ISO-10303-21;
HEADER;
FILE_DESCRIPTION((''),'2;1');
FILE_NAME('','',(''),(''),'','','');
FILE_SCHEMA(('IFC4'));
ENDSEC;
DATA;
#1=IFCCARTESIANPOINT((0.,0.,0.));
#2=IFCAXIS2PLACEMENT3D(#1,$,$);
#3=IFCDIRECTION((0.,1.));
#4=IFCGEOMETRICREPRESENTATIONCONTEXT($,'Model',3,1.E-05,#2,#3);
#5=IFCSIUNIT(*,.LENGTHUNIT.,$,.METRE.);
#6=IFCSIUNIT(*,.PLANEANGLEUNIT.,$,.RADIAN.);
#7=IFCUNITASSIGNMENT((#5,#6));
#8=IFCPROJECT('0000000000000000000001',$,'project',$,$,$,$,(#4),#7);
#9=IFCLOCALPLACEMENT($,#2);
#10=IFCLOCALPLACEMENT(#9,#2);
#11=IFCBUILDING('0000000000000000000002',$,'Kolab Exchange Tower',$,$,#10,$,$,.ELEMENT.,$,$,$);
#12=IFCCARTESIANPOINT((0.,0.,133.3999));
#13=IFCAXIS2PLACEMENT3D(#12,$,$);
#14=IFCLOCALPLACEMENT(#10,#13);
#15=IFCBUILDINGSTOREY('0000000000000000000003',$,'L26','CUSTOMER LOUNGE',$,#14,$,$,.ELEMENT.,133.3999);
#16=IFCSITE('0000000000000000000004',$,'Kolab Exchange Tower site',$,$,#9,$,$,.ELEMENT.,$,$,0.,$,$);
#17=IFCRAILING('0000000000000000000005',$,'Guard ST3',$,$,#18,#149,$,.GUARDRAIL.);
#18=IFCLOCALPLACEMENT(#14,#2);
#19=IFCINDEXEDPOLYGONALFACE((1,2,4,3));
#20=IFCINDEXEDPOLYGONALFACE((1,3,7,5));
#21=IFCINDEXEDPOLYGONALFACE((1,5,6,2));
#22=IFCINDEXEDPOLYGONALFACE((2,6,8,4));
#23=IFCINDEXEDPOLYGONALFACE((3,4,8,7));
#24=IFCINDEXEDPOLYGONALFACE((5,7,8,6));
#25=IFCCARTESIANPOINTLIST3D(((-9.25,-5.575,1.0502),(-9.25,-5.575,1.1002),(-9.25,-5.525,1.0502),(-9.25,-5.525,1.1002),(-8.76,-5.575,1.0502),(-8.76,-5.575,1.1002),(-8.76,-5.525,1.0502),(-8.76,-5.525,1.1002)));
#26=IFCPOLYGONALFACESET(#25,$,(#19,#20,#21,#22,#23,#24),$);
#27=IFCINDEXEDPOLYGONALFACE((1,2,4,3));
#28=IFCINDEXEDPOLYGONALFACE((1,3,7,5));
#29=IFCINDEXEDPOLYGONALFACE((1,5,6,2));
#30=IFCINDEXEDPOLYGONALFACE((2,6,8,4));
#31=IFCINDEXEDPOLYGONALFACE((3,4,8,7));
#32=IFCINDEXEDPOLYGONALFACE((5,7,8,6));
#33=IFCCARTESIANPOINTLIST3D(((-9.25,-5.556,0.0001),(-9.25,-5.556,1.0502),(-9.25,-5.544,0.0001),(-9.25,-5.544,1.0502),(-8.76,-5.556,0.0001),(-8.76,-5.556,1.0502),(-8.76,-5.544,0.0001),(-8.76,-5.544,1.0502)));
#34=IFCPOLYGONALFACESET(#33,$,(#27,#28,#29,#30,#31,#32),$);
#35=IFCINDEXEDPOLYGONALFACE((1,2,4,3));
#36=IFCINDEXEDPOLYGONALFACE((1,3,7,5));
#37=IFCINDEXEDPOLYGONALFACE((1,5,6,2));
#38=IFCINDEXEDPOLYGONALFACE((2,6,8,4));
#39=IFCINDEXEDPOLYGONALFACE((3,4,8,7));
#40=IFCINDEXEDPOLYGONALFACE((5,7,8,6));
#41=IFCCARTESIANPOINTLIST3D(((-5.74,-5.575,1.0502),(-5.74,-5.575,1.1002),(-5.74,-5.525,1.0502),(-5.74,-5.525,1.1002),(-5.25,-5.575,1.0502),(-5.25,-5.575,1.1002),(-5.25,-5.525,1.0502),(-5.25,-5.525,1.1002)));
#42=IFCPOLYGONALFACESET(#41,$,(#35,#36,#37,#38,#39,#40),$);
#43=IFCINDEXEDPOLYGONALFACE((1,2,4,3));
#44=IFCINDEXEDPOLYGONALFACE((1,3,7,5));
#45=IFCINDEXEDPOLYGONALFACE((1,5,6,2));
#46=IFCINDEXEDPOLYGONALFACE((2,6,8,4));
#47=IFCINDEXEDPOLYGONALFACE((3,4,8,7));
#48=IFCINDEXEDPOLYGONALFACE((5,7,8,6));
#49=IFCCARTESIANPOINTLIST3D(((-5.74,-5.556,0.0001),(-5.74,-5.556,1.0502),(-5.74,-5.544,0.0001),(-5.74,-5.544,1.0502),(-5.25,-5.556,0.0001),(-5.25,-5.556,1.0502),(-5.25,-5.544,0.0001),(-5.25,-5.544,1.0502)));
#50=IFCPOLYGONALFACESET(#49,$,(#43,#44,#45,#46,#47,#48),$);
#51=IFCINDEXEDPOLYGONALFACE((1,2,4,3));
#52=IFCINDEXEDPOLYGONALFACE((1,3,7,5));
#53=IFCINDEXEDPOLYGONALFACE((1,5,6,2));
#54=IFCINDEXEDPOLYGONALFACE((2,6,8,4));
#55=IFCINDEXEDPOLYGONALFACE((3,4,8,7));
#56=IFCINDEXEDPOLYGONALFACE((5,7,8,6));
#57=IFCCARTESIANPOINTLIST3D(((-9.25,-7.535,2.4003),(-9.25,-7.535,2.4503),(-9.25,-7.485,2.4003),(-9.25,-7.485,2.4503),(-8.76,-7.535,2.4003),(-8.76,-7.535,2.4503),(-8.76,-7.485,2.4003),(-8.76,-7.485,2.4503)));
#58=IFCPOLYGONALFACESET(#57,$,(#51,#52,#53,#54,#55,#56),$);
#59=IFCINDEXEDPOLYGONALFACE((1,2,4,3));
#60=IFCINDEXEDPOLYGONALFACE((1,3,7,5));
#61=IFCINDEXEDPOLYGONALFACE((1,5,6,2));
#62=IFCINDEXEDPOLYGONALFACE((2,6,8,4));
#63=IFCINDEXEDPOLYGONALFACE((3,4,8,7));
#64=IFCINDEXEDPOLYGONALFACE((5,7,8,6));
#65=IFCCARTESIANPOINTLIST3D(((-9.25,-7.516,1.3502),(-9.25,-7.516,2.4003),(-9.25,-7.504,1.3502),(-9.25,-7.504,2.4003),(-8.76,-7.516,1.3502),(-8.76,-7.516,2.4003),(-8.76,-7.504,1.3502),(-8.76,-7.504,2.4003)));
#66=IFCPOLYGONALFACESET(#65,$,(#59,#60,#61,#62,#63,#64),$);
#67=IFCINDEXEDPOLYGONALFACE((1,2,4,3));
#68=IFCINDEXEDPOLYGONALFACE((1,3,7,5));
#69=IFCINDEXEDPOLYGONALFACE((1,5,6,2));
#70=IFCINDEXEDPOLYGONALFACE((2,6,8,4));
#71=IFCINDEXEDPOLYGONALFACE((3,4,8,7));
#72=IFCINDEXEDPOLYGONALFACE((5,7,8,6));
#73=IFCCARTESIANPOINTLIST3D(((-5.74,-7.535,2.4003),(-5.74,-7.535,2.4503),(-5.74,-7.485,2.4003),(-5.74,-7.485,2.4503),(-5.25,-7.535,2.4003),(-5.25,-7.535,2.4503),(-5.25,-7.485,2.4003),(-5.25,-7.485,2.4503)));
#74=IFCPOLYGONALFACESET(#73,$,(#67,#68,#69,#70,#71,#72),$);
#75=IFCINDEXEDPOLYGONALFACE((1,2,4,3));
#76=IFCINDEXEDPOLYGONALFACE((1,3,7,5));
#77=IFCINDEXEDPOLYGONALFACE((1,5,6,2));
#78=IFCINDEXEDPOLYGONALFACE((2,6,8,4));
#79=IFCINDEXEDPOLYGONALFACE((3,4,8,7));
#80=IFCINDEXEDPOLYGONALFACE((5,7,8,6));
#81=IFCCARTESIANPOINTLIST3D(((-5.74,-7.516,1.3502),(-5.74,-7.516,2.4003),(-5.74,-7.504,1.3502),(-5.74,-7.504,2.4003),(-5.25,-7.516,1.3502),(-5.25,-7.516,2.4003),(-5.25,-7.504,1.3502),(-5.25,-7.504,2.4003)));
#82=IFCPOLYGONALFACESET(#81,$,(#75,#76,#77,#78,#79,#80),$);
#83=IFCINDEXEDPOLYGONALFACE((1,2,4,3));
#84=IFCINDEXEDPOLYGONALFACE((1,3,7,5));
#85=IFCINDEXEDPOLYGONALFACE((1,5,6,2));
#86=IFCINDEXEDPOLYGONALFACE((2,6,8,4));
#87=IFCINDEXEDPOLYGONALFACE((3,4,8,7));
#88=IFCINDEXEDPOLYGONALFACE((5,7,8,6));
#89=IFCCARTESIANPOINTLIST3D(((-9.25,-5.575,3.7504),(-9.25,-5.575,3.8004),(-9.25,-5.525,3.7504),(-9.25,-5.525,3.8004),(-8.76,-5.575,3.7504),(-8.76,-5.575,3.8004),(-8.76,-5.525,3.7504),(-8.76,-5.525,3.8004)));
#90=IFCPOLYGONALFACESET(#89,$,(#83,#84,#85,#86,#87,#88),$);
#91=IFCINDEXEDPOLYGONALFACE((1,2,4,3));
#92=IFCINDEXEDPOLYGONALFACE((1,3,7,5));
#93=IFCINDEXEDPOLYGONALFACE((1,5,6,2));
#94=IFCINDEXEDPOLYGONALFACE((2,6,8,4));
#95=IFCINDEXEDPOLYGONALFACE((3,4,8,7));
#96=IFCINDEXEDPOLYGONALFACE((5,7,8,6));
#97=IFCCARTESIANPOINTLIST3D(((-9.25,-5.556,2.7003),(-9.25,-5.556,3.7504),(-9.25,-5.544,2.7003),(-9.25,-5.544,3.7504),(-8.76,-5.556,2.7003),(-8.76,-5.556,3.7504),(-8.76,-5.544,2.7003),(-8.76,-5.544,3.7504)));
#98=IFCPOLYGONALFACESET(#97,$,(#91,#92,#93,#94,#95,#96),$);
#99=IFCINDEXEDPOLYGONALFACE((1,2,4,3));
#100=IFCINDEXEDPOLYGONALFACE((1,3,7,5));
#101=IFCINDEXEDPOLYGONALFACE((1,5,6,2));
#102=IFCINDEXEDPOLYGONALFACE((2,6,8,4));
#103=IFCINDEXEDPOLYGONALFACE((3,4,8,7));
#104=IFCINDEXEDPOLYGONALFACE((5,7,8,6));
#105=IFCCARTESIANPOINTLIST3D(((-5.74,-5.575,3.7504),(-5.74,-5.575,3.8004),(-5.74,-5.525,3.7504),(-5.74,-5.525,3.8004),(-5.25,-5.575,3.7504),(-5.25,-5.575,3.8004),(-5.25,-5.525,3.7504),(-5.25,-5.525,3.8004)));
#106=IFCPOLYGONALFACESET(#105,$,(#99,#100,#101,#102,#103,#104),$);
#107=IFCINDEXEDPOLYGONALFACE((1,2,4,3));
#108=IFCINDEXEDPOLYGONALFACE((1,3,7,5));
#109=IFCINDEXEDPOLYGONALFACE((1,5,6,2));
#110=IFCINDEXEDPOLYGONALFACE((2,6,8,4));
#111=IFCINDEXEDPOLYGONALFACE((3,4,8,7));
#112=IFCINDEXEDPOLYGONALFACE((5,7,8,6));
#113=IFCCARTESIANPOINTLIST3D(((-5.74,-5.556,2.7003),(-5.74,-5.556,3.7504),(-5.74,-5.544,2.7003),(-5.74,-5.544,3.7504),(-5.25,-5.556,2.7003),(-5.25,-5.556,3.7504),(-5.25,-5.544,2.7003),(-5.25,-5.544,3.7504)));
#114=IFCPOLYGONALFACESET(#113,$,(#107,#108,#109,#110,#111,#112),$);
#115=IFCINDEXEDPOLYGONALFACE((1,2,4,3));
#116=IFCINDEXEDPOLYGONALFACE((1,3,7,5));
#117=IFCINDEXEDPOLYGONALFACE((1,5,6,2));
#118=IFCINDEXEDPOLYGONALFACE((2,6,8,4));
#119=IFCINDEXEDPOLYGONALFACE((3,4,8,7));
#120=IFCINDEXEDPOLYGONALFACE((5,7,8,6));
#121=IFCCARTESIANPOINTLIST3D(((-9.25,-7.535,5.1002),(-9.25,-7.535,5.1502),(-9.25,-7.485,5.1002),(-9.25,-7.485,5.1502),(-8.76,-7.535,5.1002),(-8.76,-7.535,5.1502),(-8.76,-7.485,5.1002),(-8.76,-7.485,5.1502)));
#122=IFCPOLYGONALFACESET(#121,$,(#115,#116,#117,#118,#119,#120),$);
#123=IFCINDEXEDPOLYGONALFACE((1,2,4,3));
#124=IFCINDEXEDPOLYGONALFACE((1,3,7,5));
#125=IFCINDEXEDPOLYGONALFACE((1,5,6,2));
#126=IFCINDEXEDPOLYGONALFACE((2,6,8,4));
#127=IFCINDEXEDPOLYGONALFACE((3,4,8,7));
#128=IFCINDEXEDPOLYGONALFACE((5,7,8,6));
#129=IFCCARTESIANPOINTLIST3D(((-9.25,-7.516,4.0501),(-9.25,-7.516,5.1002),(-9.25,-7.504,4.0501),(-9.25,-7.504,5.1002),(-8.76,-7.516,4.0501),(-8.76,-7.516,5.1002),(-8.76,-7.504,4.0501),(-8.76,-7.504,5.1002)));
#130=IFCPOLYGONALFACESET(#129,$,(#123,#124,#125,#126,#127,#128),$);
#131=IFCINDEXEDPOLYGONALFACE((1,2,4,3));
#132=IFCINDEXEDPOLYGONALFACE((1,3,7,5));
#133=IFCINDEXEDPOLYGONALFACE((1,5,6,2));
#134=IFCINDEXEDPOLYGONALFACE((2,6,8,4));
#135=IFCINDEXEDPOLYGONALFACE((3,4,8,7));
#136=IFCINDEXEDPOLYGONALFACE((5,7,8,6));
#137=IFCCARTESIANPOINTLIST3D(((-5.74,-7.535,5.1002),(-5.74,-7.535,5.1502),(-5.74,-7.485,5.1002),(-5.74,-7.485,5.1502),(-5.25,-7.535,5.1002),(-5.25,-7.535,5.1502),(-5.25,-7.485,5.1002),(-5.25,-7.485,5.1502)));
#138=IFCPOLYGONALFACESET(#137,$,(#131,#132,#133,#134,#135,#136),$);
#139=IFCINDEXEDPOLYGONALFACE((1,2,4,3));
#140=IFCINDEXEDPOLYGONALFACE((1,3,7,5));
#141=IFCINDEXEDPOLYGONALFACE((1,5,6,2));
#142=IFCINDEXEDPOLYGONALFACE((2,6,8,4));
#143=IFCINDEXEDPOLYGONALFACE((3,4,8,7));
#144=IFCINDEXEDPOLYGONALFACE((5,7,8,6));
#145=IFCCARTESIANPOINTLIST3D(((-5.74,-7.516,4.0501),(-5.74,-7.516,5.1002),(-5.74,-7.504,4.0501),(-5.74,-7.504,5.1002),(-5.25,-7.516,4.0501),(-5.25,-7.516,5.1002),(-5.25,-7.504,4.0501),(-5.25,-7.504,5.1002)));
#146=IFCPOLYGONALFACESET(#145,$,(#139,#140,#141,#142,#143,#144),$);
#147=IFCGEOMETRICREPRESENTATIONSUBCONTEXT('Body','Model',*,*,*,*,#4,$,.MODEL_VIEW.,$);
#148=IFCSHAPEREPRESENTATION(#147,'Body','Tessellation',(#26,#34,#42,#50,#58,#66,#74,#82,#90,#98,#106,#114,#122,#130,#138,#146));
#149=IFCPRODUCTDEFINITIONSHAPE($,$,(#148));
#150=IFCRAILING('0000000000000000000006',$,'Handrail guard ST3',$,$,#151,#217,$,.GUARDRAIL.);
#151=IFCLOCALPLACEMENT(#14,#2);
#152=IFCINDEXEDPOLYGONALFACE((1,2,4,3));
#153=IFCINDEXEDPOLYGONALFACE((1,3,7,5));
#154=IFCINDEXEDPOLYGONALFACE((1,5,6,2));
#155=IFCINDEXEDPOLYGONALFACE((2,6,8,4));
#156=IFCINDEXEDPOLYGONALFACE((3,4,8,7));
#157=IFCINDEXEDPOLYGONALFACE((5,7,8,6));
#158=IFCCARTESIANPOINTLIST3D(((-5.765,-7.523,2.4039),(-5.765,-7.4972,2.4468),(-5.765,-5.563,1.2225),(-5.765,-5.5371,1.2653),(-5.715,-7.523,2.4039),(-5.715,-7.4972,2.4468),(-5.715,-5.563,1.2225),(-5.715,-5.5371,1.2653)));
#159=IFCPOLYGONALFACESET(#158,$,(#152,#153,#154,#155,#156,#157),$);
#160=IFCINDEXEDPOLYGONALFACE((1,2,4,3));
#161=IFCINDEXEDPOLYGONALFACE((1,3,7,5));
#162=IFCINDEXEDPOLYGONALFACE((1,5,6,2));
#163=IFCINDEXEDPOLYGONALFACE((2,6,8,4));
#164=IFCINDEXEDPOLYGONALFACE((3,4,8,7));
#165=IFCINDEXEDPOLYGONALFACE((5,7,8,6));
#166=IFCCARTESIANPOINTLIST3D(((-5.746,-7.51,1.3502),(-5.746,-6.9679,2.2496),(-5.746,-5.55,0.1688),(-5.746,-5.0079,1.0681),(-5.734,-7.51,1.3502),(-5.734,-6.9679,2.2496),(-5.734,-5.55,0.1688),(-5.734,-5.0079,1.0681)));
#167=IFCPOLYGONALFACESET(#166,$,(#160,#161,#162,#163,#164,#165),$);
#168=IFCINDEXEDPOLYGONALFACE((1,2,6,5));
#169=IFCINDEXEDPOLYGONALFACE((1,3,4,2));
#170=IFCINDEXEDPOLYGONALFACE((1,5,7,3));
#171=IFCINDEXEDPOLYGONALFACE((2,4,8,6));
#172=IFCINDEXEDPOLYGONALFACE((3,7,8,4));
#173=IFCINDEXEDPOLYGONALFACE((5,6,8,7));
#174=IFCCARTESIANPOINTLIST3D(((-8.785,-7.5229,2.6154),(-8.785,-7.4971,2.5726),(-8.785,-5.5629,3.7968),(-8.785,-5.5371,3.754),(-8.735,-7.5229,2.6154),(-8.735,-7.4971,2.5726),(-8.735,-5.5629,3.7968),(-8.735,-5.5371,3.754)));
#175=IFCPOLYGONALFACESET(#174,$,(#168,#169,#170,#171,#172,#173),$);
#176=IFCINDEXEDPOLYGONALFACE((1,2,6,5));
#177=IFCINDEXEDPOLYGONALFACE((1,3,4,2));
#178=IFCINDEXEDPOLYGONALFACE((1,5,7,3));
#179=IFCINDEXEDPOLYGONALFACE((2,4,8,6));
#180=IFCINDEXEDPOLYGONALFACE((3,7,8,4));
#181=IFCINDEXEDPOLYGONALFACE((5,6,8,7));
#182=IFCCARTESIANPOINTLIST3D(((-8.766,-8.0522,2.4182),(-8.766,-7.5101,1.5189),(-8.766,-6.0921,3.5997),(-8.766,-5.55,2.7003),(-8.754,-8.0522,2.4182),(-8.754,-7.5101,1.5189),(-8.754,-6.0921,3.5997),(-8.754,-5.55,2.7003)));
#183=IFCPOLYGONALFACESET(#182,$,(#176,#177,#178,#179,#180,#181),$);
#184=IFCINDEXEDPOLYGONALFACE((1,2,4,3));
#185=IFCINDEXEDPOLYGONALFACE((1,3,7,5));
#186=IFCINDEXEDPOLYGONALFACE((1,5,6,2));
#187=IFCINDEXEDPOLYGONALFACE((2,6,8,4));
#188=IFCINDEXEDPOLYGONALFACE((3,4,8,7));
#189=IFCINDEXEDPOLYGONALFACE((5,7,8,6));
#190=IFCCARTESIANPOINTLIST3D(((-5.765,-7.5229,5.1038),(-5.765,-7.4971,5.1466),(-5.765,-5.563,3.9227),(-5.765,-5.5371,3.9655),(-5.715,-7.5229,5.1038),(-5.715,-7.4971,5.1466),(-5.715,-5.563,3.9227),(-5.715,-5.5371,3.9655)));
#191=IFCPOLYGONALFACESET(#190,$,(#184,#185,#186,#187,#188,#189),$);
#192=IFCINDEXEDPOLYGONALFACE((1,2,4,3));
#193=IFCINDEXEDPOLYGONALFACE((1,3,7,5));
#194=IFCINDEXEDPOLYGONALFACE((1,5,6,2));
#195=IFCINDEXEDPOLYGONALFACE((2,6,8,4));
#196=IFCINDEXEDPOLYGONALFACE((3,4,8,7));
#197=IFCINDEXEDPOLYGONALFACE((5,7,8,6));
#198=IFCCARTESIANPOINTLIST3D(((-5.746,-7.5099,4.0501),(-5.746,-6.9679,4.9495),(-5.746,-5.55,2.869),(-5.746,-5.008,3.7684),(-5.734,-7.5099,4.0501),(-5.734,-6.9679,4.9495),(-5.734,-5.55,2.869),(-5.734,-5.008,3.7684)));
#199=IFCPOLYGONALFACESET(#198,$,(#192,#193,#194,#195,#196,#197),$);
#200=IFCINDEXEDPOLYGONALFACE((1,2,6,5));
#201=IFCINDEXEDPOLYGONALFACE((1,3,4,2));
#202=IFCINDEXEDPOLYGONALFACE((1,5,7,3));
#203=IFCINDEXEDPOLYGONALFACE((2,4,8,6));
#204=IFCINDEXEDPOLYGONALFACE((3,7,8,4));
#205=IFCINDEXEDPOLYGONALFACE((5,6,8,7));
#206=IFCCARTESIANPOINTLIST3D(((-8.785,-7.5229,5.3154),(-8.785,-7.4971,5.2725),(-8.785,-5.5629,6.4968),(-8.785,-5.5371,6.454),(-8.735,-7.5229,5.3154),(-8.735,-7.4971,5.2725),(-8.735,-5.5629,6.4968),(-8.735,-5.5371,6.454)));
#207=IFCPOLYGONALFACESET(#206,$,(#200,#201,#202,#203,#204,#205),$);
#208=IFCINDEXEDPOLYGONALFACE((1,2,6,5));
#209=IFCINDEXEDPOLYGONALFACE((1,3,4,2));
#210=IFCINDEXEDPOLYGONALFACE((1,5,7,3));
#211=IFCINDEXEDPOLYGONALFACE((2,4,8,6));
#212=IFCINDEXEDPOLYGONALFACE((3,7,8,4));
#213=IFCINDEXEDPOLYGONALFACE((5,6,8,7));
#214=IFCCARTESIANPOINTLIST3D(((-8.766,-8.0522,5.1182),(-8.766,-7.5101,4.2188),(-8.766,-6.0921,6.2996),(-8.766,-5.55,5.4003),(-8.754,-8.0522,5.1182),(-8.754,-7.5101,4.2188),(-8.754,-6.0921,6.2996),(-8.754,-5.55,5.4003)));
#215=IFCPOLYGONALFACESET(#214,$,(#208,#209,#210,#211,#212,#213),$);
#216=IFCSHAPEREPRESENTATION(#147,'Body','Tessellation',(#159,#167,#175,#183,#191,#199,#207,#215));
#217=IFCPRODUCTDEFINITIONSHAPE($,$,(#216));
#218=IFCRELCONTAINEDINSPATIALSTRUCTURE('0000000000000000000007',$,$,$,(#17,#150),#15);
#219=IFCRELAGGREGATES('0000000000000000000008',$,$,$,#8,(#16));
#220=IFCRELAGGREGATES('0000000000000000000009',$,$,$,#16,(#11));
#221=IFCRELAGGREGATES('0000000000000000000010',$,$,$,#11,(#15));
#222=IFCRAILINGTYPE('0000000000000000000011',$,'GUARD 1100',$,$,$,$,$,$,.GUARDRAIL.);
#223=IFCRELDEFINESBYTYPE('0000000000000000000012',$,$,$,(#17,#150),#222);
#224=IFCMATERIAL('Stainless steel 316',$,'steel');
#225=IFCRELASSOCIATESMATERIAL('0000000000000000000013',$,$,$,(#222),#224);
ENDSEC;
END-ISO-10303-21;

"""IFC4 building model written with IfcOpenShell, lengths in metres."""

from ifc_helpers import new_model, si_unit, direction, frame, frame_2d, origin, origin_2d, place, context, subcontext, project, spatial, rectangle, extrude, material, type_object, element, save


model = new_model("IFC4")

# Units and contexts
model_context = context("Model", 3, precision=1e-05, world=origin(), true_north=direction((0.0, 1.0)))
body_context = subcontext(model_context, "Body", "Model", "MODEL_VIEW")
ifc_project = project(units=[si_unit("LENGTHUNIT", "METRE"), si_unit("PLANEANGLEUNIT", "RADIAN")], contexts=[model_context])

# Site, building, storey
site_placement = place(None, origin())
site = spatial("IfcSite", under=ifc_project, at=site_placement, Name="Kolab Exchange Tower site", CompositionType="ELEMENT", RefElevation=0.0)
building_placement = place(site_placement, origin())
building = spatial("IfcBuilding", under=site, at=building_placement, Name="Kolab Exchange Tower", CompositionType="ELEMENT")
storey_placement = place(building_placement, frame((0.0, 0.0, 133.3999)))
storey = spatial("IfcBuildingStorey", under=building, at=storey_placement, Name="L26", Description="CUSTOMER LOUNGE", CompositionType="ELEMENT", Elevation=133.3999)

# Shared definitions
ifc_material_1 = material(Name="Stainless steel 316", Category="steel")

# Railings
railing_type = type_object("IfcRailingType", Name="GUARD 1100", PredefinedType="GUARDRAIL", material=ifc_material_1)
railing_1_placement = place(storey_placement, frame((-9.25, -5.55, 0.0)))
element("IfcRailing", 1, at=railing_1_placement, inside=storey, type_object=railing_type, Name="Guard ST3", PredefinedType="GUARDRAIL", context=body_context, shape_type="SweptSolid", body=[
    extrude(rectangle(XDim=0.05, YDim=0.05, at=origin_2d()), frame((0.0, 0.0, 1.0752), z_axis=(1.0, 0.0, 0.0), x_axis=(0.0, 1.0, 0.0)), (0.0, 0.0, 1.0), 0.49),
    extrude(rectangle(XDim=0.012, YDim=1.0501, at=frame_2d((0.0, 0.5251))), frame((0.0, 0.0, 0.0), z_axis=(1.0, 0.0, 0.0), x_axis=(0.0, 1.0, 0.0)), (0.0, 0.0, 1.0), 0.49),
    extrude(rectangle(XDim=0.05, YDim=0.05, at=origin_2d()), frame((3.51, 0.0, 1.0752), z_axis=(1.0, 0.0, 0.0), x_axis=(0.0, 1.0, 0.0)), (0.0, 0.0, 1.0), 0.49),
    extrude(rectangle(XDim=0.012, YDim=1.0501, at=frame_2d((0.0, 0.5251))), frame((3.51, 0.0, 0.0), z_axis=(1.0, 0.0, 0.0), x_axis=(0.0, 1.0, 0.0)), (0.0, 0.0, 1.0), 0.49),
    extrude(rectangle(XDim=0.05, YDim=0.05, at=origin_2d()), frame((0.0, -1.96, 2.4253), z_axis=(1.0, 0.0, 0.0), x_axis=(0.0, 1.0, 0.0)), (0.0, 0.0, 1.0), 0.49),
    extrude(rectangle(XDim=0.012, YDim=1.0501, at=frame_2d((0.0, 0.5251))), frame((0.0, -1.96, 1.3501), z_axis=(1.0, 0.0, 0.0), x_axis=(0.0, 1.0, 0.0)), (0.0, 0.0, 1.0), 0.49),
    extrude(rectangle(XDim=0.05, YDim=0.05, at=origin_2d()), frame((3.51, -1.96, 2.4253), z_axis=(1.0, 0.0, 0.0), x_axis=(0.0, 1.0, 0.0)), (0.0, 0.0, 1.0), 0.49),
    extrude(rectangle(XDim=0.012, YDim=1.0501, at=frame_2d((0.0, 0.5251))), frame((3.51, -1.96, 1.3501), z_axis=(1.0, 0.0, 0.0), x_axis=(0.0, 1.0, 0.0)), (0.0, 0.0, 1.0), 0.49),
    extrude(rectangle(XDim=0.05, YDim=0.05, at=origin_2d()), frame((0.0, 0.0, 3.7754), z_axis=(1.0, 0.0, 0.0), x_axis=(0.0, 1.0, 0.0)), (0.0, 0.0, 1.0), 0.49),
    extrude(rectangle(XDim=0.012, YDim=1.0501, at=frame_2d((0.0, 0.5251))), frame((0.0, 0.0, 2.7002), z_axis=(1.0, 0.0, 0.0), x_axis=(0.0, 1.0, 0.0)), (0.0, 0.0, 1.0), 0.49),
    extrude(rectangle(XDim=0.05, YDim=0.05, at=origin_2d()), frame((3.51, 0.0, 3.7754), z_axis=(1.0, 0.0, 0.0), x_axis=(0.0, 1.0, 0.0)), (0.0, 0.0, 1.0), 0.49),
    extrude(rectangle(XDim=0.012, YDim=1.0501, at=frame_2d((0.0, 0.5251))), frame((3.51, 0.0, 2.7002), z_axis=(1.0, 0.0, 0.0), x_axis=(0.0, 1.0, 0.0)), (0.0, 0.0, 1.0), 0.49),
    extrude(rectangle(XDim=0.05, YDim=0.05, at=origin_2d()), frame((0.0, -1.96, 5.1252), z_axis=(1.0, 0.0, 0.0), x_axis=(0.0, 1.0, 0.0)), (0.0, 0.0, 1.0), 0.49),
    extrude(rectangle(XDim=0.012, YDim=1.0501, at=frame_2d((0.0, 0.5251))), frame((0.0, -1.96, 4.05), z_axis=(1.0, 0.0, 0.0), x_axis=(0.0, 1.0, 0.0)), (0.0, 0.0, 1.0), 0.49),
    extrude(rectangle(XDim=0.05, YDim=0.05, at=origin_2d()), frame((3.51, -1.96, 5.1252), z_axis=(1.0, 0.0, 0.0), x_axis=(0.0, 1.0, 0.0)), (0.0, 0.0, 1.0), 0.49),
    extrude(rectangle(XDim=0.012, YDim=1.0501, at=frame_2d((0.0, 0.5251))), frame((3.51, -1.96, 4.05), z_axis=(1.0, 0.0, 0.0), x_axis=(0.0, 1.0, 0.0)), (0.0, 0.0, 1.0), 0.49),
])
railing_2_placement = place(storey_placement, frame((-5.74, -5.55, 0.1687)))
element("IfcRailing", 2, at=railing_2_placement, inside=storey, type_object=railing_type, Name="Handrail guard ST3", PredefinedType="GUARDRAIL", context=body_context, shape_type="SweptSolid", body=[
    extrude(rectangle(XDim=0.05, YDim=0.05, at=origin_2d()), frame((0.0, 0.0, 1.0752), z_axis=(0.0, -0.856446, 0.516236), x_axis=(1.0, 0.0, 0.0)), (0.0, 0.0, 1.0), 2.2886),
    extrude(rectangle(XDim=0.012, YDim=1.0501, at=frame_2d((0.0, 0.5251))), frame((0.0, 0.0, 0.0), z_axis=(0.0, -0.856446, 0.516236), x_axis=(1.0, 0.0, 0.0)), (0.0, 0.0, 1.0), 2.2886),
    extrude(rectangle(XDim=0.05, YDim=0.05, at=origin_2d()), frame((-3.02, -1.96, 2.4253), z_axis=(0.0, 0.856446, 0.516236), x_axis=(-1.0, 0.0, 0.0)), (0.0, 0.0, 1.0), 2.2886),
    extrude(rectangle(XDim=0.012, YDim=1.0501, at=frame_2d((0.0, 0.5251))), frame((-3.02, -1.96, 1.3501), z_axis=(0.0, 0.856446, 0.516236), x_axis=(-1.0, 0.0, 0.0)), (0.0, 0.0, 1.0), 2.2886),
    extrude(rectangle(XDim=0.05, YDim=0.05, at=origin_2d()), frame((0.0, 0.0, 3.7754), z_axis=(0.0, -0.856493, 0.516158), x_axis=(1.0, 0.0, 0.0)), (0.0, 0.0, 1.0), 2.2883),
    extrude(rectangle(XDim=0.012, YDim=1.0501, at=frame_2d((0.0, 0.5251))), frame((0.0, 0.0, 2.7002), z_axis=(0.0, -0.856493, 0.516158), x_axis=(1.0, 0.0, 0.0)), (0.0, 0.0, 1.0), 2.2883),
    extrude(rectangle(XDim=0.05, YDim=0.05, at=origin_2d()), frame((-3.02, -1.96, 5.1252), z_axis=(0.0, 0.856446, 0.516236), x_axis=(-1.0, 0.0, 0.0)), (0.0, 0.0, 1.0), 2.2886),
    extrude(rectangle(XDim=0.012, YDim=1.0501, at=frame_2d((0.0, 0.5251))), frame((-3.02, -1.96, 4.05), z_axis=(0.0, 0.856446, 0.516236), x_axis=(-1.0, 0.0, 0.0)), (0.0, 0.0, 1.0), 2.2886),
])

save(model, "model.ifc")
